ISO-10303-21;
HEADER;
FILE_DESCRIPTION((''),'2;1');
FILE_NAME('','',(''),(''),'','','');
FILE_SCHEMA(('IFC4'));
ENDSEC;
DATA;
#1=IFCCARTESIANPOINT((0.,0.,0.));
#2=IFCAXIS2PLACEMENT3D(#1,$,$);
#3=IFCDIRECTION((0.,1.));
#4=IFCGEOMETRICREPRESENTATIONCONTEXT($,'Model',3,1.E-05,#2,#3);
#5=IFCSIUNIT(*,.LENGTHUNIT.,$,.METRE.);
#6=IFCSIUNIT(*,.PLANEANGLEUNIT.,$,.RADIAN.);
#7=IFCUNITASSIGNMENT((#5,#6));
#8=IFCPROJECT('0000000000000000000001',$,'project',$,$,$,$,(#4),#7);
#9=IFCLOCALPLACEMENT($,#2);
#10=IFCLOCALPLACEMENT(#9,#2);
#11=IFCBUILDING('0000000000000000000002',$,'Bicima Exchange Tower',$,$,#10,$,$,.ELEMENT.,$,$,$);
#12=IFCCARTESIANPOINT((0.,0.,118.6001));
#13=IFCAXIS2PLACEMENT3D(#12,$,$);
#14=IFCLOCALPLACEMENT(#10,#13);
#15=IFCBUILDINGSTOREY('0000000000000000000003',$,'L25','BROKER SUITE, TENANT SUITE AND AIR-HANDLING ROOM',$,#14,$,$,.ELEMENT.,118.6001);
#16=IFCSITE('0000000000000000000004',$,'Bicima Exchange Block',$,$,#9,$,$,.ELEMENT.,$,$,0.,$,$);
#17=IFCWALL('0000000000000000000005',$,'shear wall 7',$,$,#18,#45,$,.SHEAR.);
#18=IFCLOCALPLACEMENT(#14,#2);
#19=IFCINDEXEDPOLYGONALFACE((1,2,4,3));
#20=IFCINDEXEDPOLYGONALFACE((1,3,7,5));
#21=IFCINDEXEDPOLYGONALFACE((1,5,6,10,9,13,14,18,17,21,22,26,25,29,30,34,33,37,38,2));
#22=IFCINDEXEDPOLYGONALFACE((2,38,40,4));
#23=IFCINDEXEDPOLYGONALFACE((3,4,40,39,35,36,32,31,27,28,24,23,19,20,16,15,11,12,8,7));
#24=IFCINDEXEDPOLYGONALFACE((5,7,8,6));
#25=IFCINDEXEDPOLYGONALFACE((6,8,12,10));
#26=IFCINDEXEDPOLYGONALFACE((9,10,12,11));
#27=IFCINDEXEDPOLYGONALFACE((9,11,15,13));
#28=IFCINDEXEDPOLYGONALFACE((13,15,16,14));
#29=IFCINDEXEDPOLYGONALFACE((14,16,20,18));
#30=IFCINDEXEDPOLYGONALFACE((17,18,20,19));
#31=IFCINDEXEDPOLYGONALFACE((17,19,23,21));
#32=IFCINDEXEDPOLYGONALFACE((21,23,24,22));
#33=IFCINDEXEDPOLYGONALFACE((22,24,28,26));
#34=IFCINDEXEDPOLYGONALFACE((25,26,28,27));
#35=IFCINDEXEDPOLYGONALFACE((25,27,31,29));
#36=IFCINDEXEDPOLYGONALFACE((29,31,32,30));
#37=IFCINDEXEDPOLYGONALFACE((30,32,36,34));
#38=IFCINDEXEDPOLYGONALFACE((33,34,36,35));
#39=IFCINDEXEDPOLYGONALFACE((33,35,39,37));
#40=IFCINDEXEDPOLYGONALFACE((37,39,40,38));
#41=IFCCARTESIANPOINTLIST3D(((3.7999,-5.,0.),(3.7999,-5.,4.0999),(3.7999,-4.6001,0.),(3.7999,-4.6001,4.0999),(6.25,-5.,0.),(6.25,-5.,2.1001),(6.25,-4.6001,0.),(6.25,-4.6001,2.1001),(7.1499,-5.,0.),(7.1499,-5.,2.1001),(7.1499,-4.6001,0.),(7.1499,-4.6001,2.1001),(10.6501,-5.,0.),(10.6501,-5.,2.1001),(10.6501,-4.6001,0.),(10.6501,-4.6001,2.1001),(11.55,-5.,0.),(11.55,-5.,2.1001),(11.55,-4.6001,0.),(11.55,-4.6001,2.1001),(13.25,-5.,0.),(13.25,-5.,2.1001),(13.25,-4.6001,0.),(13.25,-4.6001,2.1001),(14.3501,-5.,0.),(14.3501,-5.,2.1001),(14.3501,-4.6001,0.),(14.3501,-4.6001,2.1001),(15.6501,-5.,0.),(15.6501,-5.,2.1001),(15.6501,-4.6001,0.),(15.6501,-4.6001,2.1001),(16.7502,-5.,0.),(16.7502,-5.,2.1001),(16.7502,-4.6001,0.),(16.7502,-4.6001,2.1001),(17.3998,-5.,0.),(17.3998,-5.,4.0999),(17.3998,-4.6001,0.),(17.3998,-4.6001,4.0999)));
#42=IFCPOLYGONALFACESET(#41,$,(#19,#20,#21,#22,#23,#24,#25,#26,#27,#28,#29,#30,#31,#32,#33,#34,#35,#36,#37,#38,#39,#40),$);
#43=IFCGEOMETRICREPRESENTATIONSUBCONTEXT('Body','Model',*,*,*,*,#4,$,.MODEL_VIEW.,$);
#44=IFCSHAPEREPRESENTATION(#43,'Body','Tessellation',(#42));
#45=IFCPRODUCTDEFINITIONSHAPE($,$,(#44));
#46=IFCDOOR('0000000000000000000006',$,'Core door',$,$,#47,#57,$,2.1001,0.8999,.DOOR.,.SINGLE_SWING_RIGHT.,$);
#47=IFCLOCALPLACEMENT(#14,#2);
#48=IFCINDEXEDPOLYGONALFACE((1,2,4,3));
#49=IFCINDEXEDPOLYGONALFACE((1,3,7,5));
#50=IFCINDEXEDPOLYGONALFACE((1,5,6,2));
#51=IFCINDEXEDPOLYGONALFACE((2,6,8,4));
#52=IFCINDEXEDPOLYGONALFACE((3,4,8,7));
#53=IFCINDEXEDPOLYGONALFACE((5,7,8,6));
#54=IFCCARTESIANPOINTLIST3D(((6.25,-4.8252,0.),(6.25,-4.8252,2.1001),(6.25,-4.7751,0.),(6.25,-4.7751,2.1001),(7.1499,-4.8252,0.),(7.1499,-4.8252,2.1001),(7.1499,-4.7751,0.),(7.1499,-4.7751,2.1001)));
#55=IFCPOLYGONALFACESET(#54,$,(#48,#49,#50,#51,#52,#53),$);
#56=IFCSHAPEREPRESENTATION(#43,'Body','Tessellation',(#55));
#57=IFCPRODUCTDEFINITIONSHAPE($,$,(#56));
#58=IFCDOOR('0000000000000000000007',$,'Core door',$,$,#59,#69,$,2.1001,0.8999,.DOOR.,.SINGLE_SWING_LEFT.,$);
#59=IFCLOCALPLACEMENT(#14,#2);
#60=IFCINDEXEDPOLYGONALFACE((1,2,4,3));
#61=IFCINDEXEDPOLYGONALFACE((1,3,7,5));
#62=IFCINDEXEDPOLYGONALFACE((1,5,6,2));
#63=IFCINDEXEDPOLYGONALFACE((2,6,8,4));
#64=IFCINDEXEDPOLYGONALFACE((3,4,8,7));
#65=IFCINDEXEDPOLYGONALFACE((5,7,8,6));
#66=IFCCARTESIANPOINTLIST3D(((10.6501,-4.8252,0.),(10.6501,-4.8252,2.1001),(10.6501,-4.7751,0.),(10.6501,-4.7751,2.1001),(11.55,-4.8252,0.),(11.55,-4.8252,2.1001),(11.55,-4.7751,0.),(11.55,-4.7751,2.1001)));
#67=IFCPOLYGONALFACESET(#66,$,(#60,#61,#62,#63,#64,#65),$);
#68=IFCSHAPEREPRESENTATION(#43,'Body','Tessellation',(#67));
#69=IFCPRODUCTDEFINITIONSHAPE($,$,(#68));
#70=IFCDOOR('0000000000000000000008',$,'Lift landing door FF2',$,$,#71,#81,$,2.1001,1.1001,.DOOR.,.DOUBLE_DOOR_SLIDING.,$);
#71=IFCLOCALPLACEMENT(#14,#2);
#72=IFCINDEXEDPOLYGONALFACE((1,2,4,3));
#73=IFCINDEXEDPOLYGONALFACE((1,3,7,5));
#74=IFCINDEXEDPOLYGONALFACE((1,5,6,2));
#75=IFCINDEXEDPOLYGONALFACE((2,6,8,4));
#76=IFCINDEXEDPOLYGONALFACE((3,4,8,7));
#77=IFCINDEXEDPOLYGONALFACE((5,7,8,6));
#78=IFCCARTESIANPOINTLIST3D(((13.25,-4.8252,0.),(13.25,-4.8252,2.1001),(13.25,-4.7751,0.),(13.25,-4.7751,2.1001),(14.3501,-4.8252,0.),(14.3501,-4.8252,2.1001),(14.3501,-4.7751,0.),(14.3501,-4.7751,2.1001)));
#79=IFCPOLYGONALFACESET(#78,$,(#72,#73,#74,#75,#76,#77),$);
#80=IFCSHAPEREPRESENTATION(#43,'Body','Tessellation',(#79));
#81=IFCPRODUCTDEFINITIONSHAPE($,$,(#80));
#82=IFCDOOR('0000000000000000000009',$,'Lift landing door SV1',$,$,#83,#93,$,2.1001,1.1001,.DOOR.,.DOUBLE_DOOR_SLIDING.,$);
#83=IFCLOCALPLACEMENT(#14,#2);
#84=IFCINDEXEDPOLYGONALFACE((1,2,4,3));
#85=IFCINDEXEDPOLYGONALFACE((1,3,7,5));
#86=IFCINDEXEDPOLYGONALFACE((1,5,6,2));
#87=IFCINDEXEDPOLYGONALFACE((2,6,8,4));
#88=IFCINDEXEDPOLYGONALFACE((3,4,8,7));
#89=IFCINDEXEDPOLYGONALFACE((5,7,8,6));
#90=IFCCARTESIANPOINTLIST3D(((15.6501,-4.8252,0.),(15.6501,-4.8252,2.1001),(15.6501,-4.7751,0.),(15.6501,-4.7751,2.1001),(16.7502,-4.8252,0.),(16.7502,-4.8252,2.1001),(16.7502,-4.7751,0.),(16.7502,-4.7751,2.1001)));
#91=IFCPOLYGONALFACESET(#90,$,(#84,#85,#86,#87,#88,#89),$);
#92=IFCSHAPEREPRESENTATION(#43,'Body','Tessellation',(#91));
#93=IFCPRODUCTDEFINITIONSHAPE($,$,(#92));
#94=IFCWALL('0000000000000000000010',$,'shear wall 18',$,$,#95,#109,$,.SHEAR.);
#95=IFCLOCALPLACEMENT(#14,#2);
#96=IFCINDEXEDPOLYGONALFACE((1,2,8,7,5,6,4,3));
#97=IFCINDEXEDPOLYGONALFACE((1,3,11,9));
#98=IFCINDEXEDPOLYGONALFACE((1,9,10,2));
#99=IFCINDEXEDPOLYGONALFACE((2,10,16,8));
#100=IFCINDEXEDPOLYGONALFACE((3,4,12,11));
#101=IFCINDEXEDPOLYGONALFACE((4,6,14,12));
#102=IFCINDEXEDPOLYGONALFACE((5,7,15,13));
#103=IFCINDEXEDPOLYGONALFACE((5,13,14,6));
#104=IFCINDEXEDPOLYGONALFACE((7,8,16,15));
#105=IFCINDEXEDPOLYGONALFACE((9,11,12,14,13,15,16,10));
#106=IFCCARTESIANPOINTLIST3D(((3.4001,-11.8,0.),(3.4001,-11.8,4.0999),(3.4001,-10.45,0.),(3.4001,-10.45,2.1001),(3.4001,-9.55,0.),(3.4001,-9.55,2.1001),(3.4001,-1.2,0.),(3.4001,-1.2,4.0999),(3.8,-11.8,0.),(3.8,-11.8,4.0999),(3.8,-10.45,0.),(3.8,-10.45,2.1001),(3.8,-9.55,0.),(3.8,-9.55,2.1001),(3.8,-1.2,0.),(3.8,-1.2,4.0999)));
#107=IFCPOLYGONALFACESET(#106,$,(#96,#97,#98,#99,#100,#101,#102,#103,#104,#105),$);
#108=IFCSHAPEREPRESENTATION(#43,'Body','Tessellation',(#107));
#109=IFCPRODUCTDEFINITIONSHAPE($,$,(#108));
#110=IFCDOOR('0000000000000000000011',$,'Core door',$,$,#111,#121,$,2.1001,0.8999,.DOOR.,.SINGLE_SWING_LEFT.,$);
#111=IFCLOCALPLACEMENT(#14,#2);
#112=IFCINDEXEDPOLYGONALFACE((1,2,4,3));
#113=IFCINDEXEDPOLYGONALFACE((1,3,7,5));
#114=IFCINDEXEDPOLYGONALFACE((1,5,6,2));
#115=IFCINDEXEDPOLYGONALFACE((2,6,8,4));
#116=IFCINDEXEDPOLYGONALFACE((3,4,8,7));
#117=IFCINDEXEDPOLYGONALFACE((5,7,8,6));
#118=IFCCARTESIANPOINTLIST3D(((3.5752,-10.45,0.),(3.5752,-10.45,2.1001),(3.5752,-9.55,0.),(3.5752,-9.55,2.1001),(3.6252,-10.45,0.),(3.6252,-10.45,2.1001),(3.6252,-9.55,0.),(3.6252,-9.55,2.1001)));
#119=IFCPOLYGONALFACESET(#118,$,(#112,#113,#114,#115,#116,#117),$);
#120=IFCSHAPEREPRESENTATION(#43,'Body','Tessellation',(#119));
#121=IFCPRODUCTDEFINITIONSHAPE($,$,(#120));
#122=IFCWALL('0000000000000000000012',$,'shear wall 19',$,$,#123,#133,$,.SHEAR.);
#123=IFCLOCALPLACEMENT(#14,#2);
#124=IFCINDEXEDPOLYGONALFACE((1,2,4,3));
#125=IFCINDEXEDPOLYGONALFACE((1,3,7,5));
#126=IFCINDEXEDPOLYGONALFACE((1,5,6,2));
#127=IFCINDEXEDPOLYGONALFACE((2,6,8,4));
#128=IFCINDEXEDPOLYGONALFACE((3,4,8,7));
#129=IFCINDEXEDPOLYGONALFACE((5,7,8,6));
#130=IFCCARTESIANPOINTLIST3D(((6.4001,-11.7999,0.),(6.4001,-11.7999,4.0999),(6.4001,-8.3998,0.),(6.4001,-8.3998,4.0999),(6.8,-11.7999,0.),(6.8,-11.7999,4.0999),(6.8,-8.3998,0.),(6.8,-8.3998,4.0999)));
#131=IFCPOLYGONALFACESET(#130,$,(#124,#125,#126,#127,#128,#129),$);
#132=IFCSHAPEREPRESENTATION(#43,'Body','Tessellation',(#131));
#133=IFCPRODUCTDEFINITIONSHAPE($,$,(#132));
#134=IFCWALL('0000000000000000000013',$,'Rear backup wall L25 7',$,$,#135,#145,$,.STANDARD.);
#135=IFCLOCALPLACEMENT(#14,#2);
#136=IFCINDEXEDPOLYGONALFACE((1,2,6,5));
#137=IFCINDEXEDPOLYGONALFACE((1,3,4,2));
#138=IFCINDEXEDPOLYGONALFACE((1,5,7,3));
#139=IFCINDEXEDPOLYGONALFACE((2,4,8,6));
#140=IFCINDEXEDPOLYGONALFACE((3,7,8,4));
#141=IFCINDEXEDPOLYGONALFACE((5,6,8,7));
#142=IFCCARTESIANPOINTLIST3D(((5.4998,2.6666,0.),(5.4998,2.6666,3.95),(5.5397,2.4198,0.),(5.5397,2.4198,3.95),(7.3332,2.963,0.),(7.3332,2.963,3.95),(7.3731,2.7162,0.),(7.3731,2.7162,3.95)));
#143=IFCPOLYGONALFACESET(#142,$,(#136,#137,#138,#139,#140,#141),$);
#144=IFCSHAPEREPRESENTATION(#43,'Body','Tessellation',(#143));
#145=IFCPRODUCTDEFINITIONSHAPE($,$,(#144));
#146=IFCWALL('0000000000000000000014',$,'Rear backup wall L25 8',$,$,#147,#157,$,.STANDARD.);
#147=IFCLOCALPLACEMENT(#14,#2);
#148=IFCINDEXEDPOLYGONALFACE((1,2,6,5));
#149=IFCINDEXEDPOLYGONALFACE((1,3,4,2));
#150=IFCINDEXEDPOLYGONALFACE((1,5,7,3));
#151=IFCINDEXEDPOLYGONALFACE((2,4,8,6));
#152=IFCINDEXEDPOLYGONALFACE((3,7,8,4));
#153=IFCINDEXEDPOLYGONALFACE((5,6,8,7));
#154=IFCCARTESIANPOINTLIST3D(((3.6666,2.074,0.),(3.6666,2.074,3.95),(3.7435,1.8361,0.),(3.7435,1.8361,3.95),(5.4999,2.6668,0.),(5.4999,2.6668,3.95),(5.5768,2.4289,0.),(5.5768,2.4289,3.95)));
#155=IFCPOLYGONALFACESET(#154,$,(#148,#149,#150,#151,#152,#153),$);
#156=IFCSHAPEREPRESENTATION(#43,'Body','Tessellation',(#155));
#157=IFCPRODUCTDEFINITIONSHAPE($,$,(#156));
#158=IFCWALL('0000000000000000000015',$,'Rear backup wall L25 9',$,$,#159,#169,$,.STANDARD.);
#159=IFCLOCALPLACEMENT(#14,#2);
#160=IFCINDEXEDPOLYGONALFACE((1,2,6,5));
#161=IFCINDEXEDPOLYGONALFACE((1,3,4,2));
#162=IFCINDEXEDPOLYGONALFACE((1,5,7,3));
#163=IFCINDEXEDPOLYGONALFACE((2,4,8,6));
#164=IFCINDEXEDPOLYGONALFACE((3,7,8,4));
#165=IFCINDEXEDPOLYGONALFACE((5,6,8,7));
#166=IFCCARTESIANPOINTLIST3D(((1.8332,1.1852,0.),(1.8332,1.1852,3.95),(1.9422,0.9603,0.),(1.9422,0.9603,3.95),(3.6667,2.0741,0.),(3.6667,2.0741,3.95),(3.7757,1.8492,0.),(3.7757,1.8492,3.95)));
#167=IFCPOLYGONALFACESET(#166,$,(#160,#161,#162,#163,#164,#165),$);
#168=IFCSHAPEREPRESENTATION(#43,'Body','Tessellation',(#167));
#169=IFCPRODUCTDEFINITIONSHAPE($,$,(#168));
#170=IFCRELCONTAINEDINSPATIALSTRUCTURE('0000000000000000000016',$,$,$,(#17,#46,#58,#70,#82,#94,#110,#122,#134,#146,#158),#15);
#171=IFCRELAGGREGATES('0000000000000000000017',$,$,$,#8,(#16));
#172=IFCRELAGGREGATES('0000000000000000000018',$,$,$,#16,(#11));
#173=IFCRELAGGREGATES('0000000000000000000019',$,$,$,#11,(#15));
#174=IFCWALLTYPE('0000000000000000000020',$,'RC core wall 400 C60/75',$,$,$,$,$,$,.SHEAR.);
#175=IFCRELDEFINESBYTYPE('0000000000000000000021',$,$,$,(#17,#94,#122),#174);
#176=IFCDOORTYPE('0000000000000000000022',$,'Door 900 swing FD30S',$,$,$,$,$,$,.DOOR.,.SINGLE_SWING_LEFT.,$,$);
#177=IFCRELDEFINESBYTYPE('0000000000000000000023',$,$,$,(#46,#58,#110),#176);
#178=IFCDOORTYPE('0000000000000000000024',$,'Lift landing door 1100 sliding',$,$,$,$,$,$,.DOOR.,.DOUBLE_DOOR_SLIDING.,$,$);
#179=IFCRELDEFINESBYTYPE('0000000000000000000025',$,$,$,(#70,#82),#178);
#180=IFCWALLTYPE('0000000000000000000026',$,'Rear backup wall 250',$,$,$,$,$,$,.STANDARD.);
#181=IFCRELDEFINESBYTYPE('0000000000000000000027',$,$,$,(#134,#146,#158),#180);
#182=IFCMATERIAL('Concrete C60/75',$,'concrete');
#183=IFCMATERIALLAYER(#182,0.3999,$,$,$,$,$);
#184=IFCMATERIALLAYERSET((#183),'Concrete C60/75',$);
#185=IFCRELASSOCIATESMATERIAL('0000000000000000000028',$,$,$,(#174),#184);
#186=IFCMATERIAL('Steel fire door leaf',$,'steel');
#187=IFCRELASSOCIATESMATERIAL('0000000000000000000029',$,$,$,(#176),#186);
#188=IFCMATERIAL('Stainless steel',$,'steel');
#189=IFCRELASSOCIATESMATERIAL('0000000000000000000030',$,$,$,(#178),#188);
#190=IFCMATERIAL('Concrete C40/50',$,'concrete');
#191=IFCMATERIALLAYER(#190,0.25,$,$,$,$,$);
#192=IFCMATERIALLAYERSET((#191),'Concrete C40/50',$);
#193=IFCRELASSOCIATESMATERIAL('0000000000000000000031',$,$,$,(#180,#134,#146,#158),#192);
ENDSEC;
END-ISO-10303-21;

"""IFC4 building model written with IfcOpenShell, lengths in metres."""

from ifc_helpers import new_model, si_unit, direction, frame, frame_2d, origin, place, context, subcontext, project, spatial, rectangle, extrude, material, layer, layer_set, layer_usage, type_object, element, fill, save


model = new_model("IFC4")

# Units and contexts
model_context = context("Model", 3, precision=1e-05, world=origin(), true_north=direction((0.0, 1.0)))
body_context = subcontext(model_context, "Body", "Model", "MODEL_VIEW")
ifc_project = project(units=[si_unit("LENGTHUNIT", "METRE"), si_unit("PLANEANGLEUNIT", "RADIAN")], contexts=[model_context])

# Site, building, storey
site_placement = place(None, origin())
site = spatial("IfcSite", under=ifc_project, at=site_placement, Name="Bicima Exchange Block", CompositionType="ELEMENT", RefElevation=0.0)
building_placement = place(site_placement, origin())
building = spatial("IfcBuilding", under=site, at=building_placement, Name="Bicima Exchange Tower", CompositionType="ELEMENT")
storey_placement = place(building_placement, frame((0.0, 0.0, 118.6001)))
storey = spatial("IfcBuildingStorey", under=building, at=storey_placement, Name="L25", Description="BROKER SUITE, TENANT SUITE AND AIR-HANDLING ROOM", CompositionType="ELEMENT", Elevation=118.6001)

# Shared definitions
ifc_material_1 = material(Name="Concrete C40/50", Category="concrete")

# Shared definitions
ifc_material_2 = material(Name="Concrete C60/75", Category="concrete")
ifc_layer_1 = layer(ifc_material_2, 0.3999)
ifc_layer_set_1 = layer_set([ifc_layer_1], Name="Concrete C60/75")
wall_type_1 = type_object("IfcWallType", Name="RC core wall 400 C60/75", PredefinedType="SHEAR", material=ifc_layer_set_1)
ifc_material_3 = material(Name="Steel fire door leaf", Category="steel")
door_type_1 = type_object("IfcDoorType", Name="Door 900 swing FD30S", OperationType="SINGLE_SWING_LEFT", PredefinedType="DOOR", material=ifc_material_3)

# Wall, openings, doors
wall_1_placement = place(storey_placement, frame((3.8, -4.8, 0.0), z_axis=(0.0, 0.0, 1.0), x_axis=(1.0, 0.0, 0.0)))
wall_1 = element("IfcWall", 1, at=wall_1_placement, inside=storey, type_object=wall_type_1, Name="shear wall 7", PredefinedType="SHEAR", context=body_context, shape_type="SweptSolid", body=[
    extrude(rectangle(XDim=13.5999, YDim=0.3999, at=frame_2d((6.7998, 0.0))), origin(), (0.0, 0.0, 1.0), 4.0999),
])
opening_1_placement = place(wall_1_placement, frame((9.45, 0.0, 0.0)))
opening_1 = element("IfcOpeningElement", 2, at=opening_1_placement, cuts=wall_1, PredefinedType="OPENING", context=body_context, shape_type="SweptSolid", body=[
    extrude(rectangle(XDim=1.1001, YDim=2.1001, at=frame_2d((0.55, 1.05))), frame((0.0, 0.2119, 0.0), z_axis=(0.0, -1.0, 0.0), x_axis=(1.0, 0.0, 0.0)), (0.0, 0.0, 1.0), 0.4238),
])
opening_2_placement = place(wall_1_placement, frame((11.8501, 0.0, 0.0)))
opening_2 = element("IfcOpeningElement", 3, at=opening_2_placement, cuts=wall_1, PredefinedType="OPENING", context=body_context, shape_type="SweptSolid", body=[
    extrude(rectangle(XDim=1.1001, YDim=2.1001, at=frame_2d((0.55, 1.05))), frame((0.0, 0.2119, 0.0), z_axis=(0.0, -1.0, 0.0), x_axis=(1.0, 0.0, 0.0)), (0.0, 0.0, 1.0), 0.4238),
])
opening_3_placement = place(wall_1_placement, frame((2.45, 0.0, 0.0)))
opening_3 = element("IfcOpeningElement", 4, at=opening_3_placement, cuts=wall_1, PredefinedType="OPENING", context=body_context, shape_type="SweptSolid", body=[
    extrude(rectangle(XDim=0.8999, YDim=2.1001, at=frame_2d((0.45, 1.05))), frame((0.0, 0.2119, 0.0), z_axis=(0.0, -1.0, 0.0), x_axis=(1.0, 0.0, 0.0)), (0.0, 0.0, 1.0), 0.4238),
])
opening_4_placement = place(wall_1_placement, frame((6.8501, 0.0, 0.0)))
opening_4 = element("IfcOpeningElement", 5, at=opening_4_placement, cuts=wall_1, PredefinedType="OPENING", context=body_context, shape_type="SweptSolid", body=[
    extrude(rectangle(XDim=0.8999, YDim=2.1001, at=frame_2d((0.45, 1.05))), frame((0.0, 0.2119, 0.0), z_axis=(0.0, -1.0, 0.0), x_axis=(1.0, 0.0, 0.0)), (0.0, 0.0, 1.0), 0.4238),
])
door_1_placement = place(opening_3_placement, origin())
door_1 = element("IfcDoor", 6, at=door_1_placement, inside=storey, type_object=door_type_1, Name="Core door", OperationType="SINGLE_SWING_RIGHT", OverallHeight=2.1001, OverallWidth=0.8999, PredefinedType="DOOR", context=body_context, shape_type="SweptSolid", body=[
    extrude(rectangle(XDim=0.8999, YDim=2.1001, at=frame_2d((0.45, 1.05))), frame((0.0, 0.0249, 0.0), z_axis=(0.0, -1.0, 0.0), x_axis=(1.0, 0.0, 0.0)), (0.0, 0.0, 1.0), 0.05),
])
fill(opening_3, door_1)
door_2_placement = place(opening_4_placement, origin())
door_2 = element("IfcDoor", 7, at=door_2_placement, inside=storey, type_object=door_type_1, Name="Core door", OperationType="SINGLE_SWING_LEFT", OverallHeight=2.1001, OverallWidth=0.8999, PredefinedType="DOOR", context=body_context, shape_type="SweptSolid", body=[
    extrude(rectangle(XDim=0.8999, YDim=2.1001, at=frame_2d((0.45, 1.05))), frame((0.0, 0.0249, 0.0), z_axis=(0.0, -1.0, 0.0), x_axis=(1.0, 0.0, 0.0)), (0.0, 0.0, 1.0), 0.05),
])
fill(opening_4, door_2)
ifc_material_4 = material(Name="Stainless steel", Category="steel")
door_type_2 = type_object("IfcDoorType", Name="Lift landing door 1100 sliding", OperationType="DOUBLE_DOOR_SLIDING", PredefinedType="DOOR", material=ifc_material_4)
door_3_placement = place(opening_1_placement, origin())
door_3 = element("IfcDoor", 8, at=door_3_placement, inside=storey, type_object=door_type_2, Name="Lift landing door FF2", OperationType="DOUBLE_DOOR_SLIDING", OverallHeight=2.1001, OverallWidth=1.1001, PredefinedType="DOOR", context=body_context, shape_type="SweptSolid", body=[
    extrude(rectangle(XDim=1.1001, YDim=2.1001, at=frame_2d((0.55, 1.05))), frame((0.0, 0.0249, 0.0), z_axis=(0.0, -1.0, 0.0), x_axis=(1.0, 0.0, 0.0)), (0.0, 0.0, 1.0), 0.05),
])
fill(opening_1, door_3)
door_4_placement = place(opening_2_placement, origin())
door_4 = element("IfcDoor", 9, at=door_4_placement, inside=storey, type_object=door_type_2, Name="Lift landing door SV1", OperationType="DOUBLE_DOOR_SLIDING", OverallHeight=2.1001, OverallWidth=1.1001, PredefinedType="DOOR", context=body_context, shape_type="SweptSolid", body=[
    extrude(rectangle(XDim=1.1001, YDim=2.1001, at=frame_2d((0.55, 1.05))), frame((0.0, 0.0249, 0.0), z_axis=(0.0, -1.0, 0.0), x_axis=(1.0, 0.0, 0.0)), (0.0, 0.0, 1.0), 0.05),
])
fill(opening_2, door_4)

# Wall, opening, door
wall_2_placement = place(storey_placement, frame((3.6001, -11.8, 0.0), z_axis=(0.0, 0.0, 1.0), x_axis=(0.0, 1.0, 0.0)))
wall_2 = element("IfcWall", 10, at=wall_2_placement, inside=storey, type_object=wall_type_1, Name="shear wall 18", PredefinedType="SHEAR", context=body_context, shape_type="SweptSolid", body=[
    extrude(rectangle(XDim=10.6001, YDim=0.3999, at=frame_2d((5.3, 0.0))), origin(), (0.0, 0.0, 1.0), 4.0999),
])
opening_5_placement = place(wall_2_placement, frame((1.3501, 0.0, 0.0)))
opening_5 = element("IfcOpeningElement", 11, at=opening_5_placement, cuts=wall_2, PredefinedType="OPENING", context=body_context, shape_type="SweptSolid", body=[
    extrude(rectangle(XDim=0.8999, YDim=2.1001, at=frame_2d((0.45, 1.05))), frame((0.0, 0.2119, 0.0), z_axis=(0.0, -1.0, 0.0), x_axis=(1.0, 0.0, 0.0)), (0.0, 0.0, 1.0), 0.4238),
])
door_5_placement = place(opening_5_placement, origin())
door_5 = element("IfcDoor", 12, at=door_5_placement, inside=storey, type_object=door_type_1, Name="Core door", OperationType="SINGLE_SWING_LEFT", OverallHeight=2.1001, OverallWidth=0.8999, PredefinedType="DOOR", context=body_context, shape_type="SweptSolid", body=[
    extrude(rectangle(XDim=0.8999, YDim=2.1001, at=frame_2d((0.45, 1.05))), frame((0.0, 0.0249, 0.0), z_axis=(0.0, -1.0, 0.0), x_axis=(1.0, 0.0, 0.0)), (0.0, 0.0, 1.0), 0.05),
])
fill(opening_5, door_5)

# Walls
wall_3_placement = place(storey_placement, frame((6.6001, -11.8, 0.0), z_axis=(0.0, 0.0, 1.0), x_axis=(0.0, 1.0, 0.0)))
element("IfcWall", 13, at=wall_3_placement, inside=storey, type_object=wall_type_1, Name="shear wall 19", PredefinedType="SHEAR", context=body_context, shape_type="SweptSolid", body=[
    extrude(rectangle(XDim=3.4001, YDim=0.3999, at=frame_2d((1.7002, 0.0))), origin(), (0.0, 0.0, 1.0), 4.0999),
])
ifc_layer_2 = layer(ifc_material_1, 0.25)
ifc_layer_set_2 = layer_set([ifc_layer_2], Name="Concrete C40/50")
ifc_layer_usage = layer_usage(ifc_layer_set_2, "AXIS2", "POSITIVE", -0.125)
wall_type_2 = type_object("IfcWallType", Name="Rear backup wall 250", PredefinedType="STANDARD", material=ifc_layer_set_2)
wall_4_placement = place(storey_placement, frame((7.3533, 2.8396, 0.0), z_axis=(0.0, 0.0, 1.0), x_axis=(-0.987182, -0.1596, 0.0)))
element("IfcWall", 14, at=wall_4_placement, inside=storey, type_object=wall_type_2, material=ifc_layer_usage, Name="Rear backup wall L25 7", PredefinedType="STANDARD", context=body_context, shape_type="SweptSolid", body=[
    extrude(rectangle(XDim=1.8572, YDim=0.25, at=frame_2d((0.9287, 0.0))), origin(), (0.0, 0.0, 1.0), 3.95),
])
wall_5_placement = place(storey_placement, frame((5.5383, 2.5479, 0.0), z_axis=(0.0, 0.0, 1.0), x_axis=(-0.951496, -0.307662, 0.0)))
element("IfcWall", 15, at=wall_5_placement, inside=storey, type_object=wall_type_2, material=ifc_layer_usage, Name="Rear backup wall L25 8", PredefinedType="STANDARD", context=body_context, shape_type="SweptSolid", body=[
    extrude(rectangle(XDim=1.9268, YDim=0.25, at=frame_2d((0.9634, 0.0))), origin(), (0.0, 0.0, 1.0), 3.95),
])
wall_6_placement = place(storey_placement, frame((3.7212, 1.9617, 0.0), z_axis=(0.0, 0.0, 1.0), x_axis=(-0.899824, -0.436253, 0.0)))
element("IfcWall", 16, at=wall_6_placement, inside=storey, type_object=wall_type_2, material=ifc_layer_usage, Name="Rear backup wall L25 9", PredefinedType="STANDARD", context=body_context, shape_type="SweptSolid", body=[
    extrude(rectangle(XDim=2.0376, YDim=0.25, at=frame_2d((1.0188, 0.0))), origin(), (0.0, 0.0, 1.0), 3.95),
])

save(model, "model.ifc")
